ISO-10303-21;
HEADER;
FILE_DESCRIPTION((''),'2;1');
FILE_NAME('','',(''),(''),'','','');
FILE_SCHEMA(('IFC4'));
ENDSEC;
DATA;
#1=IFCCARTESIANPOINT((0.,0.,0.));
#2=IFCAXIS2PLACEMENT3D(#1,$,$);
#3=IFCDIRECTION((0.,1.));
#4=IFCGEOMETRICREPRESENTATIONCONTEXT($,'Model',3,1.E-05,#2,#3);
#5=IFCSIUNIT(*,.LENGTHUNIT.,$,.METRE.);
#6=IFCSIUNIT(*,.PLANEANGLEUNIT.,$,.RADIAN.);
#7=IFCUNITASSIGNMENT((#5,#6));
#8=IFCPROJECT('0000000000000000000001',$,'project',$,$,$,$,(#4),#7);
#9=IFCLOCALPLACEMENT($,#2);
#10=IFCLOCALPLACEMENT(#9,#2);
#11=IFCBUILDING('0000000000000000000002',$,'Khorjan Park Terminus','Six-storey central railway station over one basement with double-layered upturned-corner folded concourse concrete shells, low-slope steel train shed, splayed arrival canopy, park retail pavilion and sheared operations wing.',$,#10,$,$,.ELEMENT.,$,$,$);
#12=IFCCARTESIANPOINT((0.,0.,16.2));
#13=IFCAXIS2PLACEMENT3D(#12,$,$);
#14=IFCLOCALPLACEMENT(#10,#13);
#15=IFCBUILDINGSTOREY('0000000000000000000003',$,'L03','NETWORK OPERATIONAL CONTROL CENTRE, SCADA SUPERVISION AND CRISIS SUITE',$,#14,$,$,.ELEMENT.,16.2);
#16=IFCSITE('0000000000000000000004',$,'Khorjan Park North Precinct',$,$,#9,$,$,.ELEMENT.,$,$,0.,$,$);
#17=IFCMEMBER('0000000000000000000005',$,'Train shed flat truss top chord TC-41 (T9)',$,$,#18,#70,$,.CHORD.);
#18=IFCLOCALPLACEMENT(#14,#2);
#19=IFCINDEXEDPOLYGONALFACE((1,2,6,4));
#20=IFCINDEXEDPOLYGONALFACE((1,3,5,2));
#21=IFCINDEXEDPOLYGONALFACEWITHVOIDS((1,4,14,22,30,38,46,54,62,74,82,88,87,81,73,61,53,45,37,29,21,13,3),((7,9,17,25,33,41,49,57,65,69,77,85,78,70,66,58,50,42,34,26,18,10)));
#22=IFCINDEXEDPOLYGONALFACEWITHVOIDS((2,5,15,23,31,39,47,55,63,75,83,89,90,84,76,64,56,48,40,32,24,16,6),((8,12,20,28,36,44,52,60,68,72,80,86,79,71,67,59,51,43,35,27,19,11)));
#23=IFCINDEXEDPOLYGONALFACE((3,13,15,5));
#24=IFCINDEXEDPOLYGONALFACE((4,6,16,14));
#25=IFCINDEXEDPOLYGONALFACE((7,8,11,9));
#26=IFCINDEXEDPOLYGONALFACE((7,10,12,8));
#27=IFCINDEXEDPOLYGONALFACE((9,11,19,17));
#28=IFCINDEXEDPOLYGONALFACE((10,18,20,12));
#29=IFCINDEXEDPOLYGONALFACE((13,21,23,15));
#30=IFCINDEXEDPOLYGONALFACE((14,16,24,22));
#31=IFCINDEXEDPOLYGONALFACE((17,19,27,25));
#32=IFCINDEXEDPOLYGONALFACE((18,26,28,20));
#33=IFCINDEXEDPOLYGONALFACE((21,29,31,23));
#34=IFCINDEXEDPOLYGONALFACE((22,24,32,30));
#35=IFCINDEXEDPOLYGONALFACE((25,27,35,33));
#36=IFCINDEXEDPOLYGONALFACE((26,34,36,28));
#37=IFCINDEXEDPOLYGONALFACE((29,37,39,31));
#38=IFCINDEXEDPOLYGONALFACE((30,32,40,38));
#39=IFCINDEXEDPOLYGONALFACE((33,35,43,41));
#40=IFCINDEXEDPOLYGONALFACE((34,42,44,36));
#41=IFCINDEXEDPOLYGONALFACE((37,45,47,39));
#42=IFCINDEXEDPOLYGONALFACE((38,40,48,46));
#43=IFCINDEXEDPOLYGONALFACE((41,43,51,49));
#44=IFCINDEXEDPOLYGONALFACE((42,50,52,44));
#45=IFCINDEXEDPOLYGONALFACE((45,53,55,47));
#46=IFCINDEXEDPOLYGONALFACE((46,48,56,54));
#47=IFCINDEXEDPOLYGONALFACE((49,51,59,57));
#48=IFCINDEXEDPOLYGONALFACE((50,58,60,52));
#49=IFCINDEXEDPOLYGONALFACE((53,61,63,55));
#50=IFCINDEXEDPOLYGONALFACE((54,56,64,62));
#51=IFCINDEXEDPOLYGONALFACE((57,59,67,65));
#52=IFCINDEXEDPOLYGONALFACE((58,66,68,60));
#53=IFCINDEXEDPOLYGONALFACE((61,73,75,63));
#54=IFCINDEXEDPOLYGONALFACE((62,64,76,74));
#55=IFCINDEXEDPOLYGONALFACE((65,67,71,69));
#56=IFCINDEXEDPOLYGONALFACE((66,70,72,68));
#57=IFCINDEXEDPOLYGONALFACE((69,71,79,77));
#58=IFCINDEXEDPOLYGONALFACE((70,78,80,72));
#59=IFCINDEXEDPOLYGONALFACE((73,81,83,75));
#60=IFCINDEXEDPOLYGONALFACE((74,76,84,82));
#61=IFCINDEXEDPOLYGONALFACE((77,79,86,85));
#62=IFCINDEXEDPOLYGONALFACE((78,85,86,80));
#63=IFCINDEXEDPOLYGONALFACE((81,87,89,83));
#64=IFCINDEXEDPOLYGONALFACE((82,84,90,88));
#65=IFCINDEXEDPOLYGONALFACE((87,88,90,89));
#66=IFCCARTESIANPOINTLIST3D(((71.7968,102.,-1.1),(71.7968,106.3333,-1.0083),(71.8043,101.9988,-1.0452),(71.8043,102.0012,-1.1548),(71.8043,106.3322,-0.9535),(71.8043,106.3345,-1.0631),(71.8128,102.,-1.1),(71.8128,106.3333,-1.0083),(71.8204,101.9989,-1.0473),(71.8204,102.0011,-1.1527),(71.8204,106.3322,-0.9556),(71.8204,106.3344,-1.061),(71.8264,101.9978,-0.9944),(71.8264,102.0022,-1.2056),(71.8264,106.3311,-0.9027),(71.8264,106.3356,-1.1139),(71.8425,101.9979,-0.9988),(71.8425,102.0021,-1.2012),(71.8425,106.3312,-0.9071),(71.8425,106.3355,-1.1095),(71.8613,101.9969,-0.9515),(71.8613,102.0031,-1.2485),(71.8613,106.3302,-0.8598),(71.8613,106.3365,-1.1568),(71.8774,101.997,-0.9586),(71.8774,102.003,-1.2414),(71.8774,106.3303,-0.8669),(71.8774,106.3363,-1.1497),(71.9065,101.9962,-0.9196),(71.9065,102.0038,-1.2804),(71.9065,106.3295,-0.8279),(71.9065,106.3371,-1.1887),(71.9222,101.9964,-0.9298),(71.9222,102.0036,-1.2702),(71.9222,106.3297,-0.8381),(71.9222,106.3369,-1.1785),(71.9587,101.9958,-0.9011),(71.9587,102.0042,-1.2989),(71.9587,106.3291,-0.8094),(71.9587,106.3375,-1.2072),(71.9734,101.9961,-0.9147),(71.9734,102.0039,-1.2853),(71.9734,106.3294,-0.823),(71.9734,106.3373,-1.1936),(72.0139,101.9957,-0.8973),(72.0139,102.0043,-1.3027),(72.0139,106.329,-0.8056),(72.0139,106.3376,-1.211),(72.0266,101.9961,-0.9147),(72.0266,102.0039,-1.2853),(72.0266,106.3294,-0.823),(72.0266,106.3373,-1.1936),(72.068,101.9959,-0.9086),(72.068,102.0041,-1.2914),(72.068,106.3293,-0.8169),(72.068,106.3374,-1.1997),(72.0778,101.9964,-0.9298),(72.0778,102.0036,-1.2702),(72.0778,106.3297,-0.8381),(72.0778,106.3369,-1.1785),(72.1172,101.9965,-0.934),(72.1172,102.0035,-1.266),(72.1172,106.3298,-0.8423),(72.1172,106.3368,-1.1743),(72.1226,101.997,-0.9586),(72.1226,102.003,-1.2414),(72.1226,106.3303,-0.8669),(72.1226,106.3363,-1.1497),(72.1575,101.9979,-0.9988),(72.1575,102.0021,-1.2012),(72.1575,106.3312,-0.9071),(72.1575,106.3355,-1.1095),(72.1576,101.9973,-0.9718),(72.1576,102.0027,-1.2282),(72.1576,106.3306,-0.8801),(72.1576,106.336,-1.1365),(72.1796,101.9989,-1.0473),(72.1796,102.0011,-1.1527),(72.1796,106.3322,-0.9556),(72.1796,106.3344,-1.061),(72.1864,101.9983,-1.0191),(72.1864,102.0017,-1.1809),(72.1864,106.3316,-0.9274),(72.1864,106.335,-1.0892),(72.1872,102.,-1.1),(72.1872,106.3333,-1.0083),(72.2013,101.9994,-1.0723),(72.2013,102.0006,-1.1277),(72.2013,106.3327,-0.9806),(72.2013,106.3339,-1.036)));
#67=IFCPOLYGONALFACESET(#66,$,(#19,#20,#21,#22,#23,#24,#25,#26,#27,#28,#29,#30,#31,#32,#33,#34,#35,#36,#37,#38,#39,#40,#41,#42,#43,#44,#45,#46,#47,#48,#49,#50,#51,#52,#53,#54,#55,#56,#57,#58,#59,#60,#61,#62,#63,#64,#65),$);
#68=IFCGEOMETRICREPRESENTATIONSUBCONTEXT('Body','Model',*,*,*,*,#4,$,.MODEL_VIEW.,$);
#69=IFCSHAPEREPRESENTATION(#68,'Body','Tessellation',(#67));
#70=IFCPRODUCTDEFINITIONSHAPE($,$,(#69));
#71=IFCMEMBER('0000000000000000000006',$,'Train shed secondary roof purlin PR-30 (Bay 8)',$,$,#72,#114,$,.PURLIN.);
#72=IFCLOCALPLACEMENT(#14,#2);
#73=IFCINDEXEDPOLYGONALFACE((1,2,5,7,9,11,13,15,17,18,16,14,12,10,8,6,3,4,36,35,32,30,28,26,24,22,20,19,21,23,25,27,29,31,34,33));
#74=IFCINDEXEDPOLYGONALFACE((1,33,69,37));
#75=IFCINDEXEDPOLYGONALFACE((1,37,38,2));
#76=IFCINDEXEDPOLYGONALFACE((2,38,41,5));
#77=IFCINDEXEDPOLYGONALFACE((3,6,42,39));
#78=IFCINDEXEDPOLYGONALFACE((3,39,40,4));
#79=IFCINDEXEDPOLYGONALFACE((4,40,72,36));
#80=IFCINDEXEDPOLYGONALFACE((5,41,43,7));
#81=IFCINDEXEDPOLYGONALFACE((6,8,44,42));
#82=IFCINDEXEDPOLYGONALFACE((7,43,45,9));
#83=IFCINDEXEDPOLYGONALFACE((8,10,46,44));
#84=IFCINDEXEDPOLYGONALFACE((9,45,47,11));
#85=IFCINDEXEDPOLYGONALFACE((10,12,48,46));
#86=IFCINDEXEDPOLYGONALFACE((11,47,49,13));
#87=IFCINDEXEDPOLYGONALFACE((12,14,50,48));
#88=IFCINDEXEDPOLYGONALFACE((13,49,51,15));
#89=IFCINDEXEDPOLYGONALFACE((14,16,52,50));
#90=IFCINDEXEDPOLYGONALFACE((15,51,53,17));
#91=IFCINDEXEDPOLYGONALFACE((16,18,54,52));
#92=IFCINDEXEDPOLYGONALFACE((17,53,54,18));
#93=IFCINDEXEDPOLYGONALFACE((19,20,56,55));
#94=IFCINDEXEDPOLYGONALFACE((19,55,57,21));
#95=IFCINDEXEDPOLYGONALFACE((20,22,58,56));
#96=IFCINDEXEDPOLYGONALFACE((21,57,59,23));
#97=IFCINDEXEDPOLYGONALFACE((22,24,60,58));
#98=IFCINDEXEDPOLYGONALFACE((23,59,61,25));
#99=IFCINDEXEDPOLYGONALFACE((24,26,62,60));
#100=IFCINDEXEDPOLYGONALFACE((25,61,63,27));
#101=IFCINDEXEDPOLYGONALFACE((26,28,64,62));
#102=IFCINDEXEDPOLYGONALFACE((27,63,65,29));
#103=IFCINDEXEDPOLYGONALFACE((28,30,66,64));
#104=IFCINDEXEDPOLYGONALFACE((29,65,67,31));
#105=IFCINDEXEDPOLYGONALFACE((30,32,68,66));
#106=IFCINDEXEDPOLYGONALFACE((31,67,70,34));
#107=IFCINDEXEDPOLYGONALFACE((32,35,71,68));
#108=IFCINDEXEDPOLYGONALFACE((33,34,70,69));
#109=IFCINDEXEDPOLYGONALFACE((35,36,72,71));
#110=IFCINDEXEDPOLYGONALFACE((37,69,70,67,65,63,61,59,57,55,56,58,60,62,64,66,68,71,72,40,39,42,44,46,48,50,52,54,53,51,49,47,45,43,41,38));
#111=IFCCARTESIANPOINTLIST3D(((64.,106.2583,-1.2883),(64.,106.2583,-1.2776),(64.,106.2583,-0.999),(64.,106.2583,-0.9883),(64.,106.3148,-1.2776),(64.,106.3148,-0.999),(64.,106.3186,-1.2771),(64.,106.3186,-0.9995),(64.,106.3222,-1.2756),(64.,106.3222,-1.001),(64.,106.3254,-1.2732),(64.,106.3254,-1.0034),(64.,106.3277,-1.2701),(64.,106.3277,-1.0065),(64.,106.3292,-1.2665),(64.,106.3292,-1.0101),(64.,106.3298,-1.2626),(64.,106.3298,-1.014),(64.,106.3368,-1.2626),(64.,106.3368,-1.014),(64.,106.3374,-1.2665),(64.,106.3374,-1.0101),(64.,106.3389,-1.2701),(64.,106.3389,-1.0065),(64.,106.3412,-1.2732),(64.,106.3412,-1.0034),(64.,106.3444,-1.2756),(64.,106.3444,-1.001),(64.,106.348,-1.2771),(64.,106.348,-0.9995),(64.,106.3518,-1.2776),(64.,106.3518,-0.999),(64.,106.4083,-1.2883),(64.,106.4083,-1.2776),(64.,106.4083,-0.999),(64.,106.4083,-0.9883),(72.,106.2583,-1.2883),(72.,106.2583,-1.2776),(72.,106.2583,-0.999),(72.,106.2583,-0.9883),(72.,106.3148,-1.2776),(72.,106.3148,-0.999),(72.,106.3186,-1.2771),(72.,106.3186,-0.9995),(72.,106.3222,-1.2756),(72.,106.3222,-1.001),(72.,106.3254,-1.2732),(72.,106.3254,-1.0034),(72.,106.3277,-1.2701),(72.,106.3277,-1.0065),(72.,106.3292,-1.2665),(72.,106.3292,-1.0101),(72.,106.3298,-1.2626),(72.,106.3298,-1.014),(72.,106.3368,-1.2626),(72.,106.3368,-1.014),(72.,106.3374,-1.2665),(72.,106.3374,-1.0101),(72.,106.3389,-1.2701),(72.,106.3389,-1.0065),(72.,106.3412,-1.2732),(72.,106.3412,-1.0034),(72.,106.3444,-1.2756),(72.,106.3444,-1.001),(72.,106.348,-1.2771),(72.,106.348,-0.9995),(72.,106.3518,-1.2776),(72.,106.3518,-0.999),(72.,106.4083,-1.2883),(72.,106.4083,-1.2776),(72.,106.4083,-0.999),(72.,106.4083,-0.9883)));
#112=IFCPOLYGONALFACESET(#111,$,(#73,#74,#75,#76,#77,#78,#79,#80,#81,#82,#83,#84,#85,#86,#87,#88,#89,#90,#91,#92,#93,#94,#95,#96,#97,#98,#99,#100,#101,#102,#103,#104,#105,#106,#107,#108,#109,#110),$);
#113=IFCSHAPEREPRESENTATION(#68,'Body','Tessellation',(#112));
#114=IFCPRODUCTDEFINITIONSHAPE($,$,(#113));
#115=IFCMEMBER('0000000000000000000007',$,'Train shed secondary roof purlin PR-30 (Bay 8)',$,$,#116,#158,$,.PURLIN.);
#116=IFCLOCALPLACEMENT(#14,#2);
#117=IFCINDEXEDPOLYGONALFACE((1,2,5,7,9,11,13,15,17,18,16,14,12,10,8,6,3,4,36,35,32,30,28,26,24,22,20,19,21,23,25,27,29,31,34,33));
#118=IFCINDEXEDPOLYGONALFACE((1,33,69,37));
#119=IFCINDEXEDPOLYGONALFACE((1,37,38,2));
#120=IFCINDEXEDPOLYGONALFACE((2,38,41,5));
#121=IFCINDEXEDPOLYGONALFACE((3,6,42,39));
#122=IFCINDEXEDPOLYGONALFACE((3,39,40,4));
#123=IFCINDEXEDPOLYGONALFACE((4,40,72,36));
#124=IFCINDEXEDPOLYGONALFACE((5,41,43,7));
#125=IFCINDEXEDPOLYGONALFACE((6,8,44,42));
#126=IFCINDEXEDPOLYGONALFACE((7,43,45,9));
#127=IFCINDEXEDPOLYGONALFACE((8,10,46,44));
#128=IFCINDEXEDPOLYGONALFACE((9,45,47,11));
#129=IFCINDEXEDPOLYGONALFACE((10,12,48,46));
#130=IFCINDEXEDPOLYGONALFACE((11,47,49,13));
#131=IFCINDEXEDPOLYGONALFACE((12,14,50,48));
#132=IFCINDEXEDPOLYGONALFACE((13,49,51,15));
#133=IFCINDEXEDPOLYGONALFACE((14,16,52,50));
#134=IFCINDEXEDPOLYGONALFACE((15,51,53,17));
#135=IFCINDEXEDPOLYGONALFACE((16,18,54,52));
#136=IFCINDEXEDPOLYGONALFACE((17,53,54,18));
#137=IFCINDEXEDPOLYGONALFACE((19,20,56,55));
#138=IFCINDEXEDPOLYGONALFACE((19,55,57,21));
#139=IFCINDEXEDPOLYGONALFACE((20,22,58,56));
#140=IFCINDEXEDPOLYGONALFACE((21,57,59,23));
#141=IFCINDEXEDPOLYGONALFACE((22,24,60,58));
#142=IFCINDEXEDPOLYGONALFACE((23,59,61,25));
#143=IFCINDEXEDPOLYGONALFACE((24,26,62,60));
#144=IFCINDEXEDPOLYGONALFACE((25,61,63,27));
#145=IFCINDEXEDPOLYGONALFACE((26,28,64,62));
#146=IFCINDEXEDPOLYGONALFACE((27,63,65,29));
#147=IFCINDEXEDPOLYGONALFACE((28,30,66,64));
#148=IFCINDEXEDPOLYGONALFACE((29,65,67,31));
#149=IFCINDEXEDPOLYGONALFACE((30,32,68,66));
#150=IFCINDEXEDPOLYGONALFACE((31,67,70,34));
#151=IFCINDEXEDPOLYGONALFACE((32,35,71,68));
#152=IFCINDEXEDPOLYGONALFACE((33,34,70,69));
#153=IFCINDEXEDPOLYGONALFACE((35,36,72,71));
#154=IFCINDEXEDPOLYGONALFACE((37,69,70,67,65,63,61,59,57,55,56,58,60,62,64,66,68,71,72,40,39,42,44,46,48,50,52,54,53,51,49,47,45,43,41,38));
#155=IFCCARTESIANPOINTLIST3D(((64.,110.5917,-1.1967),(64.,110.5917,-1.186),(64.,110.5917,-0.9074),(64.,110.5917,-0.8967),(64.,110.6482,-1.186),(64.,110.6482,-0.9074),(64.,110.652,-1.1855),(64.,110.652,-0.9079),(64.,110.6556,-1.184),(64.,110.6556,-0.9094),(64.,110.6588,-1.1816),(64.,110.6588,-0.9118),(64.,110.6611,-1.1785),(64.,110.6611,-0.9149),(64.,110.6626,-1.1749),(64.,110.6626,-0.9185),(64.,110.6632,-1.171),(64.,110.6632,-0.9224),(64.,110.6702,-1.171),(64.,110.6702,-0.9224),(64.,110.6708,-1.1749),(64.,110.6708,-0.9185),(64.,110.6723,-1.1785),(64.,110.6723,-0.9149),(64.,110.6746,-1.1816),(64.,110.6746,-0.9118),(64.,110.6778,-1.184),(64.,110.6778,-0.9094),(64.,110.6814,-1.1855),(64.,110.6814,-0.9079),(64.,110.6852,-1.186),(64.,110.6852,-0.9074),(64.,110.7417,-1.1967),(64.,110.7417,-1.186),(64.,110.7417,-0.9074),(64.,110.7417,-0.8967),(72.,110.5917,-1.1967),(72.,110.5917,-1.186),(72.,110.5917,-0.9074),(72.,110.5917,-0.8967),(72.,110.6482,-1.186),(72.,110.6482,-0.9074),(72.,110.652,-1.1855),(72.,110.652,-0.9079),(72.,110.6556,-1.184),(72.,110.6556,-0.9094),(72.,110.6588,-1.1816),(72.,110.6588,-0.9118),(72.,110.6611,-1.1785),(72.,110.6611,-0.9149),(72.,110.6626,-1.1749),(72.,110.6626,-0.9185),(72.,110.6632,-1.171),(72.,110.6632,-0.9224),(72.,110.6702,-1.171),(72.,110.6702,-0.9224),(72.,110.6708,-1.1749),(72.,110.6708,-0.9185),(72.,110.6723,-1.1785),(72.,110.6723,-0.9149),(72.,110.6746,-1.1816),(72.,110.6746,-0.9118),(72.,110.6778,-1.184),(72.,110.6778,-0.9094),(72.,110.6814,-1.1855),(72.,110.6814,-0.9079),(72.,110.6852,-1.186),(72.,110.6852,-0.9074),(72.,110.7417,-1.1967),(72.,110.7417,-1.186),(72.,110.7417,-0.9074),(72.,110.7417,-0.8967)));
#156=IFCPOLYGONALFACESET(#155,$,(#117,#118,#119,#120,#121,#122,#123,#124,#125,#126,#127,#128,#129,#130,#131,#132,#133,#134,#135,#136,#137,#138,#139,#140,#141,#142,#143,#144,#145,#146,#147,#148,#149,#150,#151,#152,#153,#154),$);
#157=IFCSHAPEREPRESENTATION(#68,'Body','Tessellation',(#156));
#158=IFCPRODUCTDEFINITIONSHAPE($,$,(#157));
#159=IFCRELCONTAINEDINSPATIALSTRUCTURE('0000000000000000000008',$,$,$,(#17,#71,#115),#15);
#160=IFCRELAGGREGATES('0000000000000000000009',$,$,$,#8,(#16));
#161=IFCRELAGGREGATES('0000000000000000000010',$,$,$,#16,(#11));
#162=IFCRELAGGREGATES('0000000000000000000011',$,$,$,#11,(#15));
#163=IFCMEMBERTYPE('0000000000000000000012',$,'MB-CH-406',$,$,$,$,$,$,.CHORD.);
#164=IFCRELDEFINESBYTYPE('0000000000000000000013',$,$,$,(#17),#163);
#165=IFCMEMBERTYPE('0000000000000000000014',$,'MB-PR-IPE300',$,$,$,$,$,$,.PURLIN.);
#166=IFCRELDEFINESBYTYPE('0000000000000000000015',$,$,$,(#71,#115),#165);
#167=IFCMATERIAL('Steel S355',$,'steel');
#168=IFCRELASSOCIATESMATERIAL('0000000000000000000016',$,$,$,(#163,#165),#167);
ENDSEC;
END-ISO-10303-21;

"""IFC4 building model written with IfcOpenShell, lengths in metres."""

from ifc_helpers import new_model, si_unit, direction, frame, origin, origin_2d, place, context, subcontext, project, spatial, hollow_circle, i_section, extrude, material, material_profile, profile_set, type_object, element, save


model = new_model("IFC4")

# Units and contexts
model_context = context("Model", 3, precision=1e-05, world=origin(), true_north=direction((0.0, 1.0)))
body_context = subcontext(model_context, "Body", "Model", "MODEL_VIEW")
ifc_project = project(units=[si_unit("LENGTHUNIT", "METRE"), si_unit("PLANEANGLEUNIT", "RADIAN")], contexts=[model_context])

# Site, building, storey
site_placement = place(None, origin())
site = spatial("IfcSite", under=ifc_project, at=site_placement, Name="Khorjan Park North Precinct", CompositionType="ELEMENT", RefElevation=0.0)
building_placement = place(site_placement, origin())
building = spatial("IfcBuilding", under=site, at=building_placement, Name="Khorjan Park Terminus", Description="Six-storey central railway station over one basement with double-layered upturned-corner folded concourse concrete shells, low-slope steel train shed, splayed arrival canopy, park retail pavilion and sheared operations wing.", CompositionType="ELEMENT")
storey_placement = place(building_placement, frame((0.0, 0.0, 16.2)))
storey = spatial("IfcBuildingStorey", under=building, at=storey_placement, Name="L03", Description="NETWORK OPERATIONAL CONTROL CENTRE, SCADA SUPERVISION AND CRISIS SUITE", CompositionType="ELEMENT", Elevation=16.2)

# Members
ifc_material_1 = material(Name="Steel S355", Category="steel")
ifc_material_profile_1 = material_profile(ifc_material_1, hollow_circle(Radius=0.2032, WallThickness=0.016, at=origin_2d()), Name="CHS 406.4x16")
ifc_profile_set_1 = profile_set([ifc_material_profile_1], Name="Steel S355")
member_type_1 = type_object("IfcMemberType", Name="MB-CH-406", PredefinedType="CHORD", material=ifc_profile_set_1)
member_1_placement = place(storey_placement, frame((72.0, 102.0, -1.1), z_axis=(0.0, 0.999776, 0.021157), x_axis=(-1.0, 0.0, 0.0)))
element("IfcMember", 1, at=member_1_placement, inside=storey, type_object=member_type_1, Name="Train shed flat truss top chord TC-41 (T9)", PredefinedType="CHORD", context=body_context, shape_type="SweptSolid", body=[
    extrude(hollow_circle(Radius=0.2032, WallThickness=0.016, at=origin_2d()), origin(), (0.0, 0.0, 1.0), 4.3343),
])
ifc_material_profile_2 = material_profile(ifc_material_1, i_section(OverallWidth=0.15, OverallDepth=0.3, WebThickness=0.0071, FlangeThickness=0.0107, FilletRadius=0.015, at=origin_2d()), Name="IPE 300")
ifc_profile_set_2 = profile_set([ifc_material_profile_2], Name="Steel S355")
member_type_2 = type_object("IfcMemberType", Name="MB-PR-IPE300", PredefinedType="PURLIN", material=ifc_profile_set_2)
for number, where, z_axis, x_axis, name in (
    (2, (64.0, 106.3333, -1.1383), (1.0, 0.0, 0.0), (0.0, 1.0, 0.0), "Train shed secondary roof purlin PR-30 (Bay 8)"),
    (3, (64.0, 110.6667, -1.0467), (1.0, 0.0, 0.0), (0.0, 1.0, 0.0), "Train shed secondary roof purlin PR-30 (Bay 8)"),
):
    element("IfcMember", number, at=place(storey_placement, frame(where, z_axis=z_axis, x_axis=x_axis)), inside=storey, type_object=member_type_2, Name=name, PredefinedType="PURLIN", context=body_context, shape_type="SweptSolid", body=[
        extrude(i_section(OverallWidth=0.15, OverallDepth=0.3, WebThickness=0.0071, FlangeThickness=0.0107, FilletRadius=0.015, at=origin_2d()), origin(), (0.0, 0.0, 1.0), 8.0),
    ])

save(model, "model.ifc")
